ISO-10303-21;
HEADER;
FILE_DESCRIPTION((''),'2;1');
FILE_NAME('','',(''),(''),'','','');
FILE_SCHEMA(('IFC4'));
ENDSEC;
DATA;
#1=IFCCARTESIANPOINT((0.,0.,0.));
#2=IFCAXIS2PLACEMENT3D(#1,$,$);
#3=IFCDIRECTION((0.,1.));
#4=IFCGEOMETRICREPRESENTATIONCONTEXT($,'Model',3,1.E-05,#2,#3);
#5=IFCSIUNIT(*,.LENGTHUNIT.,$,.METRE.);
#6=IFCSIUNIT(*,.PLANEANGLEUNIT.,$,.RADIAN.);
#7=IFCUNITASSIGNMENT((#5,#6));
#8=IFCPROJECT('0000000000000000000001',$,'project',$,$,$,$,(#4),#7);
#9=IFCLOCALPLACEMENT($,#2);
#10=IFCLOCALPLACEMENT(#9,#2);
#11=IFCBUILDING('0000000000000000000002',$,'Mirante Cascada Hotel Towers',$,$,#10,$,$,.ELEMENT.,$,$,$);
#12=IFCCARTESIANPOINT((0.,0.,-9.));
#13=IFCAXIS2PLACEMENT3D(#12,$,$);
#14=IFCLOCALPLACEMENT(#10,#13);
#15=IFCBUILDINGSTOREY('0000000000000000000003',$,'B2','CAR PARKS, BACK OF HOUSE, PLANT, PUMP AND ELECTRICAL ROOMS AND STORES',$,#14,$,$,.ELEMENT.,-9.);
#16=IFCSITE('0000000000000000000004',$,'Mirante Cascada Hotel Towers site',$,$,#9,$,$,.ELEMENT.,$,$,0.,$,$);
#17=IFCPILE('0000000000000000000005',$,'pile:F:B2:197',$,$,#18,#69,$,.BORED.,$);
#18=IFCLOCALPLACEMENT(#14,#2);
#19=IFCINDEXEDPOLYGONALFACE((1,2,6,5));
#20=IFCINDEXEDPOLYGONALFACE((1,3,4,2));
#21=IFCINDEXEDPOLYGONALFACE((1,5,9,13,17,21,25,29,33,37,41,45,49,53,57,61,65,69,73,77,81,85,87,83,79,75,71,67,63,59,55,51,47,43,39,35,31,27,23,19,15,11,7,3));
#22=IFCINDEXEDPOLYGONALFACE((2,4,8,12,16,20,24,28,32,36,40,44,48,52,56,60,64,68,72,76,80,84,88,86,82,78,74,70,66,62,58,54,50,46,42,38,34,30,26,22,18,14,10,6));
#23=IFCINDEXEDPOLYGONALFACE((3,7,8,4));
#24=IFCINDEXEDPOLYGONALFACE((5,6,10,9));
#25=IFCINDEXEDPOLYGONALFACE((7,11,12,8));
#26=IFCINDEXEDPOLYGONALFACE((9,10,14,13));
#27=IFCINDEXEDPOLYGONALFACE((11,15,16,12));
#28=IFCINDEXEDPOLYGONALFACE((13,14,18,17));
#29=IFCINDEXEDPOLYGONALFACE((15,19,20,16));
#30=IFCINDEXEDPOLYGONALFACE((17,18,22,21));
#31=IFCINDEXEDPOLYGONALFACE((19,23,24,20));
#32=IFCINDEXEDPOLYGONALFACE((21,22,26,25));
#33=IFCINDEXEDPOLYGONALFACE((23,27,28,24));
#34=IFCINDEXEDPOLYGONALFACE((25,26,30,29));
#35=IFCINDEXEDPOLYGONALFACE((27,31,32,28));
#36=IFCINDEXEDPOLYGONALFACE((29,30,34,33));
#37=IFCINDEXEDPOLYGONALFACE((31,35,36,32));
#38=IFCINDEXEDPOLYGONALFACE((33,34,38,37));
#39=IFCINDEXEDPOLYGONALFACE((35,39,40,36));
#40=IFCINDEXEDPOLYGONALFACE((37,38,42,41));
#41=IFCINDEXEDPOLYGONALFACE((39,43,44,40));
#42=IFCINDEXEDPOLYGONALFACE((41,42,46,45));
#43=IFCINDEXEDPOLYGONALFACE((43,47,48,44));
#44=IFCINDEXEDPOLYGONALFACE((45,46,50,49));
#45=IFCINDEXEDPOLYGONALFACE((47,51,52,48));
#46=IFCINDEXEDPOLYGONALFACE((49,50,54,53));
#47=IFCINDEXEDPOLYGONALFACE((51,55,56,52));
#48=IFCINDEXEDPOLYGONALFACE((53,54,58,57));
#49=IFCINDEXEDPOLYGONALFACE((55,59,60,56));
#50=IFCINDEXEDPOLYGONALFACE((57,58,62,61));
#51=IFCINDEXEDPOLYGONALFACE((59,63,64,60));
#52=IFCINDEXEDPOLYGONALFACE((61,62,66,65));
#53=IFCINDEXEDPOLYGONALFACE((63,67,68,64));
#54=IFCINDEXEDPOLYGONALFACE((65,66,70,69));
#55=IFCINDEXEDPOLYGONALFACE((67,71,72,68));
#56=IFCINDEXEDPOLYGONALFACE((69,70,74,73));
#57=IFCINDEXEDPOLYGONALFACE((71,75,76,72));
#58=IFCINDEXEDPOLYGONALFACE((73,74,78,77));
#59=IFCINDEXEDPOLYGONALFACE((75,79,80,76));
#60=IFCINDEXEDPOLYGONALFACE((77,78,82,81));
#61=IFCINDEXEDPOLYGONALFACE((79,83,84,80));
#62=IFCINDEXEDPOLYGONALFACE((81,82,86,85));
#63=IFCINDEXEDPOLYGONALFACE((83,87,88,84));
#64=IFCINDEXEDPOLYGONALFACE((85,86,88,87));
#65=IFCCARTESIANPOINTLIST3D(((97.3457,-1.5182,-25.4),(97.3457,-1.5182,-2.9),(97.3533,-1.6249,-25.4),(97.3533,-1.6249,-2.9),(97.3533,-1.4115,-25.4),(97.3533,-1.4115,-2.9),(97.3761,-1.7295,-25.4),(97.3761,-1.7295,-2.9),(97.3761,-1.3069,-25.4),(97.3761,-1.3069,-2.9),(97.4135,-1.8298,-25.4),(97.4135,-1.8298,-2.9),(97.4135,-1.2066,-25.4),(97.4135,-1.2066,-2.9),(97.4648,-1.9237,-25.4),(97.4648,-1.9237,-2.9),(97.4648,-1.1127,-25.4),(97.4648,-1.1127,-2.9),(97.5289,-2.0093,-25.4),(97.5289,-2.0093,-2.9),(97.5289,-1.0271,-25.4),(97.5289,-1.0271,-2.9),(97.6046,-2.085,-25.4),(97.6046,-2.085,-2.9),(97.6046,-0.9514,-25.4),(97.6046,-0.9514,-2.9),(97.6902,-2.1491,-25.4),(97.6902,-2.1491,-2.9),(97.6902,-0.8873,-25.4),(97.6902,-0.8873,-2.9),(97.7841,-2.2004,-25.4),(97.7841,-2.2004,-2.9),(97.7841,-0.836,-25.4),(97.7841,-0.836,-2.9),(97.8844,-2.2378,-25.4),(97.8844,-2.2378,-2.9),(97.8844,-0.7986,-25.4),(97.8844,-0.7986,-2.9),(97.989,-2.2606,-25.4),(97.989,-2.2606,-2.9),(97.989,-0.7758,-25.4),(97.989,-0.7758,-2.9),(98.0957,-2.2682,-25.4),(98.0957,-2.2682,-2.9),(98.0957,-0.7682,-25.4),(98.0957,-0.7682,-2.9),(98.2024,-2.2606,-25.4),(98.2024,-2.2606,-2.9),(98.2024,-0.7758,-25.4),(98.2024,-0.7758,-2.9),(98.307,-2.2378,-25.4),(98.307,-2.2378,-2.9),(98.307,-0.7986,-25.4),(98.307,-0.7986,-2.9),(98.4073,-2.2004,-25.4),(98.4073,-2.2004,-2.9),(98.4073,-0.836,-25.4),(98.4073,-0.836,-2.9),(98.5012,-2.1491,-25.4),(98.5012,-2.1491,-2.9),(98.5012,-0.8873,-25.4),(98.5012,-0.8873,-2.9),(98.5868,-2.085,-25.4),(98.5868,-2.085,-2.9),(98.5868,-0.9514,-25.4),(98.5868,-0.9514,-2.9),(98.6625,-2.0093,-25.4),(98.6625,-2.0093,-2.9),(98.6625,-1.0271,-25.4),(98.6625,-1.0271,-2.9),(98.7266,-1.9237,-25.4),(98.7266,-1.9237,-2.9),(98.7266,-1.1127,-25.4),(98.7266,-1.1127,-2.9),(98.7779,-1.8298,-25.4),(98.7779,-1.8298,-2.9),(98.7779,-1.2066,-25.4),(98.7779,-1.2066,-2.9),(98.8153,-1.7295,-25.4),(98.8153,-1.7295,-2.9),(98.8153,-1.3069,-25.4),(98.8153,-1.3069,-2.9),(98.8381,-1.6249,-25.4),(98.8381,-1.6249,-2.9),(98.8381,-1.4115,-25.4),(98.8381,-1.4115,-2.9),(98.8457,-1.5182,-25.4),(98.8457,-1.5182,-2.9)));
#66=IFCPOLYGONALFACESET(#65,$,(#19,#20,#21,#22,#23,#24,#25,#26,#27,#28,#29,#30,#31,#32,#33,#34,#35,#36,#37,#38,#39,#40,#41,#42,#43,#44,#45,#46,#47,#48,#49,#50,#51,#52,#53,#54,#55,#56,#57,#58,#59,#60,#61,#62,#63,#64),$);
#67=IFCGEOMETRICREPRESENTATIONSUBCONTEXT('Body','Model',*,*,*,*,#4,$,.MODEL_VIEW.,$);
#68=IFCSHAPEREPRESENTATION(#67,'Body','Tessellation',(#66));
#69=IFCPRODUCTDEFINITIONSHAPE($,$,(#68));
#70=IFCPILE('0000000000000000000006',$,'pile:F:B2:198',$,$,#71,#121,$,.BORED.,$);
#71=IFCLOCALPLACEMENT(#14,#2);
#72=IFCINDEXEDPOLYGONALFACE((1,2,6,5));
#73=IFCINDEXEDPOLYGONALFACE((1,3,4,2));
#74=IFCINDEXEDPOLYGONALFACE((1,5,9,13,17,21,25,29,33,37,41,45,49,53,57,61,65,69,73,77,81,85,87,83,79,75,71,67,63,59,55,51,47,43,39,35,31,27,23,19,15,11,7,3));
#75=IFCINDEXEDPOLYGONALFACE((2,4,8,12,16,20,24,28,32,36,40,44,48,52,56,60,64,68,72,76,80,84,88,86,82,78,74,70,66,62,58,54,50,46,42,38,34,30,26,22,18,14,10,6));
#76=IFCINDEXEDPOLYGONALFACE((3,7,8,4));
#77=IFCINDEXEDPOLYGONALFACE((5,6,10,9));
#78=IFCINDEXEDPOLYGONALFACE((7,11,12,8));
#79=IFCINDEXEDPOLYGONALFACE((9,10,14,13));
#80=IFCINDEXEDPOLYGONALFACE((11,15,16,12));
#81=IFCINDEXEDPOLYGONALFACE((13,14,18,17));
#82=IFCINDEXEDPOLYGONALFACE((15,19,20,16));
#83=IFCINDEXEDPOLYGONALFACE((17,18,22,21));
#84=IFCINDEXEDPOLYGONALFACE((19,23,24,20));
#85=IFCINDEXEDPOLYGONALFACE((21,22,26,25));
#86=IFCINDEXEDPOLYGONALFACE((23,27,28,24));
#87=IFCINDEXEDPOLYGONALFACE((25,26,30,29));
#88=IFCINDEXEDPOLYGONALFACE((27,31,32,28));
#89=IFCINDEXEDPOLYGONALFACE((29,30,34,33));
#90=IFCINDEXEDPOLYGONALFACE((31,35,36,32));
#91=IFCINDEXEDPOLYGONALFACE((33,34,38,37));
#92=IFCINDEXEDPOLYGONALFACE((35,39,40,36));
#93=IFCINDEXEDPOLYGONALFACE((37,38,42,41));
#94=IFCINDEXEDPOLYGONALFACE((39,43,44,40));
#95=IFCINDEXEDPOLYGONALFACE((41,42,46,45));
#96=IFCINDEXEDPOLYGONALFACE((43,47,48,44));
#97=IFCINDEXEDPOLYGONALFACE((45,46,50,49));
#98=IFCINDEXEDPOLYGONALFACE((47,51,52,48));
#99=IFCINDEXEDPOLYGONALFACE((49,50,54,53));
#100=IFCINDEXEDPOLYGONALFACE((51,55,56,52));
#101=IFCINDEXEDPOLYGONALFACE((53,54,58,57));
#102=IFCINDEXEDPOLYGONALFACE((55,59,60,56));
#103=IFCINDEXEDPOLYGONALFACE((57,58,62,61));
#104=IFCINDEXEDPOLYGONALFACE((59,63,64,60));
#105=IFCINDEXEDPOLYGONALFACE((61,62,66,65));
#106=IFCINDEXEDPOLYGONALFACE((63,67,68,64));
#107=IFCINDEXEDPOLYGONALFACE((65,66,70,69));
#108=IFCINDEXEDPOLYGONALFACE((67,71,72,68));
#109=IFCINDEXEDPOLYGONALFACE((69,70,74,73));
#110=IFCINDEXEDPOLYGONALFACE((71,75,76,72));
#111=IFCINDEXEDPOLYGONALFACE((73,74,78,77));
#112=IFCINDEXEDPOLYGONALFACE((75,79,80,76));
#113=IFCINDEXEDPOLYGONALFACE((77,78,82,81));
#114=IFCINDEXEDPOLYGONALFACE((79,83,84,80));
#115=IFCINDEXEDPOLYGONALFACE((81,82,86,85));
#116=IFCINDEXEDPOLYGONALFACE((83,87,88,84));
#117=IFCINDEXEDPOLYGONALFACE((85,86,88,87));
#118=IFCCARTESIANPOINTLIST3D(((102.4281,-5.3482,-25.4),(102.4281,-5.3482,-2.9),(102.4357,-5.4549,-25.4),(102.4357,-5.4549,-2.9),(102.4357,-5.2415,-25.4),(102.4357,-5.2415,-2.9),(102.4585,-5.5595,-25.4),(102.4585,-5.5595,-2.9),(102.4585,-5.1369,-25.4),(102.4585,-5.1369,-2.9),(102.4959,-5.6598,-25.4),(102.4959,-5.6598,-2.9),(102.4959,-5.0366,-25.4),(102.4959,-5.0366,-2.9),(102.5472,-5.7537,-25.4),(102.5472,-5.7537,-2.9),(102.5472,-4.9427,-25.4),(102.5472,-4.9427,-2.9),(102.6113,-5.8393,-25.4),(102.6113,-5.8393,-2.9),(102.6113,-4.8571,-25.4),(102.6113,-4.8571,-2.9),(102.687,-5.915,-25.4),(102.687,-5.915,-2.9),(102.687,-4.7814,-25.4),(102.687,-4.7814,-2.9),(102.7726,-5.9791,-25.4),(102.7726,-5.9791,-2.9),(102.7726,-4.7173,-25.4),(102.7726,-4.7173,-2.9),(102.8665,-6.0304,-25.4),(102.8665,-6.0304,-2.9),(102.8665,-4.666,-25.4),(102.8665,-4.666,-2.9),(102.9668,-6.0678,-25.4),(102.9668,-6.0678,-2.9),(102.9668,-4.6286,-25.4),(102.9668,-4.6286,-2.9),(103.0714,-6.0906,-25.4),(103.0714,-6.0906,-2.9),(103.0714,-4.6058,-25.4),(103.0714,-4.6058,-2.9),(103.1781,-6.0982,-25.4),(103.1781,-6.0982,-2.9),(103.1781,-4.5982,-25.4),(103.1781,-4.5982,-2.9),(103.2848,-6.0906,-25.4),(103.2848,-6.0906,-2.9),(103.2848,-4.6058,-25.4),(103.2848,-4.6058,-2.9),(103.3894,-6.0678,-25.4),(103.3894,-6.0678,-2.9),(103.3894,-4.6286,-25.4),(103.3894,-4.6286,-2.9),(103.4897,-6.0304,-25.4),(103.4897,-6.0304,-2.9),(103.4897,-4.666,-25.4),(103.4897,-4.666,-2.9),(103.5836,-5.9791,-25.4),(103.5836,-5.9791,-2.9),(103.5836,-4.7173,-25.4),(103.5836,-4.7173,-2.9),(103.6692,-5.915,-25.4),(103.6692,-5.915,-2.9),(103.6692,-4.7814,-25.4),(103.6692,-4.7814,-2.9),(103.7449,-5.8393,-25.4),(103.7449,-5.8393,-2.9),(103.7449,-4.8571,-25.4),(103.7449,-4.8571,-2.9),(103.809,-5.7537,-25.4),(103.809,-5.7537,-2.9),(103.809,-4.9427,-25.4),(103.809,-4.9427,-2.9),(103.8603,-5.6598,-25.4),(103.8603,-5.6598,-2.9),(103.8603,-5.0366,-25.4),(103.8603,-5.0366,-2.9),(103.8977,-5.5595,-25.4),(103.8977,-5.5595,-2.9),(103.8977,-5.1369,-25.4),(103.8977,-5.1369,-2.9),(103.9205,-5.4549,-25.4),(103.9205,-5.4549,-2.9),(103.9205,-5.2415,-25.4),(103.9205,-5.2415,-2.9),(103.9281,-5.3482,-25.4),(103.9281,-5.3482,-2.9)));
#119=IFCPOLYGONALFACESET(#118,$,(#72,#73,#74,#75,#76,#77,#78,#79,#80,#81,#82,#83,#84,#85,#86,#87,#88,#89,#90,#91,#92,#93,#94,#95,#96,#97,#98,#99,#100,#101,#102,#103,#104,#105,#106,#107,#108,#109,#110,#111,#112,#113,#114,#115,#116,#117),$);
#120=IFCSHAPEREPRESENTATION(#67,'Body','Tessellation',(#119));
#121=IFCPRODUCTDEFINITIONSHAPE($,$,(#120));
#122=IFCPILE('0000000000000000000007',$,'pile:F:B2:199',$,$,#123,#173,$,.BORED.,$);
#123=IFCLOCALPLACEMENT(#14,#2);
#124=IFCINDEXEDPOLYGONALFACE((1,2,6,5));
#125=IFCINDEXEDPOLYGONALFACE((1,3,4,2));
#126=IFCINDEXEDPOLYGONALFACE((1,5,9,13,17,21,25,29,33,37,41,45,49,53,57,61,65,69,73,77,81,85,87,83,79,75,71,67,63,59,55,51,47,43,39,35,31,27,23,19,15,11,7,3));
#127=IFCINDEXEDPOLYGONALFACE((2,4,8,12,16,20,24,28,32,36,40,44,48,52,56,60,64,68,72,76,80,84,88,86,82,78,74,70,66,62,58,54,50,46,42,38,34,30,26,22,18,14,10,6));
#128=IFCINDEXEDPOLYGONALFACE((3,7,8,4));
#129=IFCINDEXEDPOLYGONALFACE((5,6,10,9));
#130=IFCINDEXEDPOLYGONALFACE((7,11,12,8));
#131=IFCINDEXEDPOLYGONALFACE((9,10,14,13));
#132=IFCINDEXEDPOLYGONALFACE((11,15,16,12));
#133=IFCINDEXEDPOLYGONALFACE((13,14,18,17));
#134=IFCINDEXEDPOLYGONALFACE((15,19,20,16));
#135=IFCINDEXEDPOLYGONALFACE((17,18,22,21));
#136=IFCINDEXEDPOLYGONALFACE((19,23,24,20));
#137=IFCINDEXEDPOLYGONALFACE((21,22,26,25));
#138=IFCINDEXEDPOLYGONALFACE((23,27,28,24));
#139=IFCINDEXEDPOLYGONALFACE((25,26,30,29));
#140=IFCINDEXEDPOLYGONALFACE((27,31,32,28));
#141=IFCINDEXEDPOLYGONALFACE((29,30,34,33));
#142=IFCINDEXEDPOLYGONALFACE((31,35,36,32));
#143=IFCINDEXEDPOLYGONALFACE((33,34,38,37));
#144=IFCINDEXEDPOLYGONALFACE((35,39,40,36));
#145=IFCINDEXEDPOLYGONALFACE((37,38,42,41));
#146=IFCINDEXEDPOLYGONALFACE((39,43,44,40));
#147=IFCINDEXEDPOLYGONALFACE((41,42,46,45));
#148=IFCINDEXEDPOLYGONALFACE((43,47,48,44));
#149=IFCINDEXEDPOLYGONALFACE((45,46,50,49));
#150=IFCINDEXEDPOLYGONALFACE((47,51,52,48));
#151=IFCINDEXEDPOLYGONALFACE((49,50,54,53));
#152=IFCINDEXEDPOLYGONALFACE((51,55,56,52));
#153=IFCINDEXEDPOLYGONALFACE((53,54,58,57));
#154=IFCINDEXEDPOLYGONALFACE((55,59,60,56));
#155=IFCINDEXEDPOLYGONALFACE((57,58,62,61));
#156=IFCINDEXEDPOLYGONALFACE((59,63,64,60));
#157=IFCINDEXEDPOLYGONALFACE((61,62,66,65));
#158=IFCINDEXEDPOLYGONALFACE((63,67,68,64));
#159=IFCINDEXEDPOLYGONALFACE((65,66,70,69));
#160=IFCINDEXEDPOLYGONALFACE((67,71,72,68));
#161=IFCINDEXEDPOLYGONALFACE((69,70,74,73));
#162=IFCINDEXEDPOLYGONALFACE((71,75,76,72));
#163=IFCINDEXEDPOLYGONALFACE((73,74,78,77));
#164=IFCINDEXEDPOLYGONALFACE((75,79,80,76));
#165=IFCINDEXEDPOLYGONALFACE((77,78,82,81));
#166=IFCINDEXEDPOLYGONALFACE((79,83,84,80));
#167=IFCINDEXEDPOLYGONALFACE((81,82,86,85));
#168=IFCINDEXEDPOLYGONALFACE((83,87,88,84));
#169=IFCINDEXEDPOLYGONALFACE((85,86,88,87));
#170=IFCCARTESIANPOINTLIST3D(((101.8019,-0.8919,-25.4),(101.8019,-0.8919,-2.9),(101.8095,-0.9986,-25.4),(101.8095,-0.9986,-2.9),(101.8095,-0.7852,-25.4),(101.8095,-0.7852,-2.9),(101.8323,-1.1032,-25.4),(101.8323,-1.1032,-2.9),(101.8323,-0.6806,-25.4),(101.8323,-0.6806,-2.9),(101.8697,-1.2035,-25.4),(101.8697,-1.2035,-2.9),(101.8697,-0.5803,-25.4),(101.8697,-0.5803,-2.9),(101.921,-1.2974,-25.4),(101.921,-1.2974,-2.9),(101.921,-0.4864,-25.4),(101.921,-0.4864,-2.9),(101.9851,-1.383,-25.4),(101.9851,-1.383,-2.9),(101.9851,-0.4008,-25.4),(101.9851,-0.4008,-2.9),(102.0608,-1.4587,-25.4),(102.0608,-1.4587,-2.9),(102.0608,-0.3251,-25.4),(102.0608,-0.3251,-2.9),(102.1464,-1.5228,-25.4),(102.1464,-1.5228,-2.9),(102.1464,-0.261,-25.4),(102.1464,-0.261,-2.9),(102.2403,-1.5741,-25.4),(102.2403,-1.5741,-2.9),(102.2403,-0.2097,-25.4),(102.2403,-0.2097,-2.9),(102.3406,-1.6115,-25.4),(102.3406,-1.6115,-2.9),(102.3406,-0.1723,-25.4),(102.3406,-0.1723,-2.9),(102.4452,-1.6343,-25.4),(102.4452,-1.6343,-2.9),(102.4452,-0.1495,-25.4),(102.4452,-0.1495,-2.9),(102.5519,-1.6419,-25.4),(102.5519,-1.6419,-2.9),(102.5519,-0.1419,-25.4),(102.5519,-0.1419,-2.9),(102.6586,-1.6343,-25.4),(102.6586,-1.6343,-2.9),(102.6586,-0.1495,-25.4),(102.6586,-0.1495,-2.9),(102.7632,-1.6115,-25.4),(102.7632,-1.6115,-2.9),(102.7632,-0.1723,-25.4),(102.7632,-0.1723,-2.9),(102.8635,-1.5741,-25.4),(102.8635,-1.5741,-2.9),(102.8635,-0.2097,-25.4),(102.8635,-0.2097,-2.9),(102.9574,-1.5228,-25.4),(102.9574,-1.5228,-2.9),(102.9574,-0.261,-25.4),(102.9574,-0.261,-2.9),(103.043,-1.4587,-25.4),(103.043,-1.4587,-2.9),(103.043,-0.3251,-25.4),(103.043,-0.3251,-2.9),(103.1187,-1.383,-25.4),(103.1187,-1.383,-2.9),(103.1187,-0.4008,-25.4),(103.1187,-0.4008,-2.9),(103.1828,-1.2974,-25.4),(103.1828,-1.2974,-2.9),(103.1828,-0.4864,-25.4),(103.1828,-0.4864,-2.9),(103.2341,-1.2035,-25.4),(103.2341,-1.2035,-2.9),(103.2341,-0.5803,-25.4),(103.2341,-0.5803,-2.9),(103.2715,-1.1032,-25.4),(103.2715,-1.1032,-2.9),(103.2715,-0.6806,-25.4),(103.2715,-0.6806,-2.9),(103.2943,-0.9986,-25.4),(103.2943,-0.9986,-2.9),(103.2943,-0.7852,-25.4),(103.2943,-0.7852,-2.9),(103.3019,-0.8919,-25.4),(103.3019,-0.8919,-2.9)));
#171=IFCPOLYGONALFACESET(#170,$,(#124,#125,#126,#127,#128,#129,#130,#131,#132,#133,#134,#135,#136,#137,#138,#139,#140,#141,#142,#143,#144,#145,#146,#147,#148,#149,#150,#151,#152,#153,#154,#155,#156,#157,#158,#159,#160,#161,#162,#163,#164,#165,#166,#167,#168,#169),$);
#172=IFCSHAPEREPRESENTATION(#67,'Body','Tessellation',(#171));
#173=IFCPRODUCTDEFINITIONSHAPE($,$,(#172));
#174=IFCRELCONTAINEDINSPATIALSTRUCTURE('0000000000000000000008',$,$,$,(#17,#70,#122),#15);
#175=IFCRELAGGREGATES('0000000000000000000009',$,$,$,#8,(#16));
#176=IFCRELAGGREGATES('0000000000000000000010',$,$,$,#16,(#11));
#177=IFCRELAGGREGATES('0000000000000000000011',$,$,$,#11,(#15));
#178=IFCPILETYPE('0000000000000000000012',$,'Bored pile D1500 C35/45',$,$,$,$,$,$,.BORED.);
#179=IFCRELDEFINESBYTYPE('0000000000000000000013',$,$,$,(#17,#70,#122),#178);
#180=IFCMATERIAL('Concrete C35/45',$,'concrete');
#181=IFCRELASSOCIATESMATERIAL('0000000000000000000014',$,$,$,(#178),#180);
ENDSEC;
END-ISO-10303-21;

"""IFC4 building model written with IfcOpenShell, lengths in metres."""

from ifc_helpers import new_model, si_unit, direction, frame, origin, origin_2d, place, context, subcontext, project, spatial, circle, extrude, material, material_profile, profile_set, type_object, element, save


model = new_model("IFC4")

# Units and contexts
model_context = context("Model", 3, precision=1e-05, world=origin(), true_north=direction((0.0, 1.0)))
body_context = subcontext(model_context, "Body", "Model", "MODEL_VIEW")
ifc_project = project(units=[si_unit("LENGTHUNIT", "METRE"), si_unit("PLANEANGLEUNIT", "RADIAN")], contexts=[model_context])

# Site, building, storey
site_placement = place(None, origin())
site = spatial("IfcSite", under=ifc_project, at=site_placement, Name="Mirante Cascada Hotel Towers site", CompositionType="ELEMENT", RefElevation=0.0)
building_placement = place(site_placement, origin())
building = spatial("IfcBuilding", under=site, at=building_placement, Name="Mirante Cascada Hotel Towers", CompositionType="ELEMENT")
storey_placement = place(building_placement, frame((0.0, 0.0, -9.0)))
storey = spatial("IfcBuildingStorey", under=building, at=storey_placement, Name="B2", Description="CAR PARKS, BACK OF HOUSE, PLANT, PUMP AND ELECTRICAL ROOMS AND STORES", CompositionType="ELEMENT", Elevation=-9.0)

# Piles
ifc_material_1 = material(Name="Concrete C35/45", Category="concrete")
ifc_material_profile_1 = material_profile(ifc_material_1, circle(Radius=0.75, at=origin_2d()), Name="RC D1500")
ifc_profile_set_1 = profile_set([ifc_material_profile_1], Name="Concrete C35/45")
pile_type = type_object("IfcPileType", Name="Bored pile D1500 C35/45", PredefinedType="BORED", material=ifc_profile_set_1)
for number, where, z_axis, x_axis, name in (
    (1, (98.0957, -1.5182, -2.9), (0.0, 0.0, -1.0), (1.0, 0.0, 0.0), "pile:F:B2:197"),
    (2, (103.1781, -5.3482, -2.9), (0.0, 0.0, -1.0), (1.0, 0.0, 0.0), "pile:F:B2:198"),
    (3, (102.5519, -0.8919, -2.9), (0.0, 0.0, -1.0), (1.0, 0.0, 0.0), "pile:F:B2:199"),
):
    element("IfcPile", number, at=place(storey_placement, frame(where, z_axis=z_axis, x_axis=x_axis)), inside=storey, type_object=pile_type, Name=name, PredefinedType="BORED", context=body_context, shape_type="SweptSolid", body=[
        extrude(circle(Radius=0.75, at=origin_2d()), origin(), (0.0, 0.0, 1.0), 22.5),
    ])

save(model, "model.ifc")
